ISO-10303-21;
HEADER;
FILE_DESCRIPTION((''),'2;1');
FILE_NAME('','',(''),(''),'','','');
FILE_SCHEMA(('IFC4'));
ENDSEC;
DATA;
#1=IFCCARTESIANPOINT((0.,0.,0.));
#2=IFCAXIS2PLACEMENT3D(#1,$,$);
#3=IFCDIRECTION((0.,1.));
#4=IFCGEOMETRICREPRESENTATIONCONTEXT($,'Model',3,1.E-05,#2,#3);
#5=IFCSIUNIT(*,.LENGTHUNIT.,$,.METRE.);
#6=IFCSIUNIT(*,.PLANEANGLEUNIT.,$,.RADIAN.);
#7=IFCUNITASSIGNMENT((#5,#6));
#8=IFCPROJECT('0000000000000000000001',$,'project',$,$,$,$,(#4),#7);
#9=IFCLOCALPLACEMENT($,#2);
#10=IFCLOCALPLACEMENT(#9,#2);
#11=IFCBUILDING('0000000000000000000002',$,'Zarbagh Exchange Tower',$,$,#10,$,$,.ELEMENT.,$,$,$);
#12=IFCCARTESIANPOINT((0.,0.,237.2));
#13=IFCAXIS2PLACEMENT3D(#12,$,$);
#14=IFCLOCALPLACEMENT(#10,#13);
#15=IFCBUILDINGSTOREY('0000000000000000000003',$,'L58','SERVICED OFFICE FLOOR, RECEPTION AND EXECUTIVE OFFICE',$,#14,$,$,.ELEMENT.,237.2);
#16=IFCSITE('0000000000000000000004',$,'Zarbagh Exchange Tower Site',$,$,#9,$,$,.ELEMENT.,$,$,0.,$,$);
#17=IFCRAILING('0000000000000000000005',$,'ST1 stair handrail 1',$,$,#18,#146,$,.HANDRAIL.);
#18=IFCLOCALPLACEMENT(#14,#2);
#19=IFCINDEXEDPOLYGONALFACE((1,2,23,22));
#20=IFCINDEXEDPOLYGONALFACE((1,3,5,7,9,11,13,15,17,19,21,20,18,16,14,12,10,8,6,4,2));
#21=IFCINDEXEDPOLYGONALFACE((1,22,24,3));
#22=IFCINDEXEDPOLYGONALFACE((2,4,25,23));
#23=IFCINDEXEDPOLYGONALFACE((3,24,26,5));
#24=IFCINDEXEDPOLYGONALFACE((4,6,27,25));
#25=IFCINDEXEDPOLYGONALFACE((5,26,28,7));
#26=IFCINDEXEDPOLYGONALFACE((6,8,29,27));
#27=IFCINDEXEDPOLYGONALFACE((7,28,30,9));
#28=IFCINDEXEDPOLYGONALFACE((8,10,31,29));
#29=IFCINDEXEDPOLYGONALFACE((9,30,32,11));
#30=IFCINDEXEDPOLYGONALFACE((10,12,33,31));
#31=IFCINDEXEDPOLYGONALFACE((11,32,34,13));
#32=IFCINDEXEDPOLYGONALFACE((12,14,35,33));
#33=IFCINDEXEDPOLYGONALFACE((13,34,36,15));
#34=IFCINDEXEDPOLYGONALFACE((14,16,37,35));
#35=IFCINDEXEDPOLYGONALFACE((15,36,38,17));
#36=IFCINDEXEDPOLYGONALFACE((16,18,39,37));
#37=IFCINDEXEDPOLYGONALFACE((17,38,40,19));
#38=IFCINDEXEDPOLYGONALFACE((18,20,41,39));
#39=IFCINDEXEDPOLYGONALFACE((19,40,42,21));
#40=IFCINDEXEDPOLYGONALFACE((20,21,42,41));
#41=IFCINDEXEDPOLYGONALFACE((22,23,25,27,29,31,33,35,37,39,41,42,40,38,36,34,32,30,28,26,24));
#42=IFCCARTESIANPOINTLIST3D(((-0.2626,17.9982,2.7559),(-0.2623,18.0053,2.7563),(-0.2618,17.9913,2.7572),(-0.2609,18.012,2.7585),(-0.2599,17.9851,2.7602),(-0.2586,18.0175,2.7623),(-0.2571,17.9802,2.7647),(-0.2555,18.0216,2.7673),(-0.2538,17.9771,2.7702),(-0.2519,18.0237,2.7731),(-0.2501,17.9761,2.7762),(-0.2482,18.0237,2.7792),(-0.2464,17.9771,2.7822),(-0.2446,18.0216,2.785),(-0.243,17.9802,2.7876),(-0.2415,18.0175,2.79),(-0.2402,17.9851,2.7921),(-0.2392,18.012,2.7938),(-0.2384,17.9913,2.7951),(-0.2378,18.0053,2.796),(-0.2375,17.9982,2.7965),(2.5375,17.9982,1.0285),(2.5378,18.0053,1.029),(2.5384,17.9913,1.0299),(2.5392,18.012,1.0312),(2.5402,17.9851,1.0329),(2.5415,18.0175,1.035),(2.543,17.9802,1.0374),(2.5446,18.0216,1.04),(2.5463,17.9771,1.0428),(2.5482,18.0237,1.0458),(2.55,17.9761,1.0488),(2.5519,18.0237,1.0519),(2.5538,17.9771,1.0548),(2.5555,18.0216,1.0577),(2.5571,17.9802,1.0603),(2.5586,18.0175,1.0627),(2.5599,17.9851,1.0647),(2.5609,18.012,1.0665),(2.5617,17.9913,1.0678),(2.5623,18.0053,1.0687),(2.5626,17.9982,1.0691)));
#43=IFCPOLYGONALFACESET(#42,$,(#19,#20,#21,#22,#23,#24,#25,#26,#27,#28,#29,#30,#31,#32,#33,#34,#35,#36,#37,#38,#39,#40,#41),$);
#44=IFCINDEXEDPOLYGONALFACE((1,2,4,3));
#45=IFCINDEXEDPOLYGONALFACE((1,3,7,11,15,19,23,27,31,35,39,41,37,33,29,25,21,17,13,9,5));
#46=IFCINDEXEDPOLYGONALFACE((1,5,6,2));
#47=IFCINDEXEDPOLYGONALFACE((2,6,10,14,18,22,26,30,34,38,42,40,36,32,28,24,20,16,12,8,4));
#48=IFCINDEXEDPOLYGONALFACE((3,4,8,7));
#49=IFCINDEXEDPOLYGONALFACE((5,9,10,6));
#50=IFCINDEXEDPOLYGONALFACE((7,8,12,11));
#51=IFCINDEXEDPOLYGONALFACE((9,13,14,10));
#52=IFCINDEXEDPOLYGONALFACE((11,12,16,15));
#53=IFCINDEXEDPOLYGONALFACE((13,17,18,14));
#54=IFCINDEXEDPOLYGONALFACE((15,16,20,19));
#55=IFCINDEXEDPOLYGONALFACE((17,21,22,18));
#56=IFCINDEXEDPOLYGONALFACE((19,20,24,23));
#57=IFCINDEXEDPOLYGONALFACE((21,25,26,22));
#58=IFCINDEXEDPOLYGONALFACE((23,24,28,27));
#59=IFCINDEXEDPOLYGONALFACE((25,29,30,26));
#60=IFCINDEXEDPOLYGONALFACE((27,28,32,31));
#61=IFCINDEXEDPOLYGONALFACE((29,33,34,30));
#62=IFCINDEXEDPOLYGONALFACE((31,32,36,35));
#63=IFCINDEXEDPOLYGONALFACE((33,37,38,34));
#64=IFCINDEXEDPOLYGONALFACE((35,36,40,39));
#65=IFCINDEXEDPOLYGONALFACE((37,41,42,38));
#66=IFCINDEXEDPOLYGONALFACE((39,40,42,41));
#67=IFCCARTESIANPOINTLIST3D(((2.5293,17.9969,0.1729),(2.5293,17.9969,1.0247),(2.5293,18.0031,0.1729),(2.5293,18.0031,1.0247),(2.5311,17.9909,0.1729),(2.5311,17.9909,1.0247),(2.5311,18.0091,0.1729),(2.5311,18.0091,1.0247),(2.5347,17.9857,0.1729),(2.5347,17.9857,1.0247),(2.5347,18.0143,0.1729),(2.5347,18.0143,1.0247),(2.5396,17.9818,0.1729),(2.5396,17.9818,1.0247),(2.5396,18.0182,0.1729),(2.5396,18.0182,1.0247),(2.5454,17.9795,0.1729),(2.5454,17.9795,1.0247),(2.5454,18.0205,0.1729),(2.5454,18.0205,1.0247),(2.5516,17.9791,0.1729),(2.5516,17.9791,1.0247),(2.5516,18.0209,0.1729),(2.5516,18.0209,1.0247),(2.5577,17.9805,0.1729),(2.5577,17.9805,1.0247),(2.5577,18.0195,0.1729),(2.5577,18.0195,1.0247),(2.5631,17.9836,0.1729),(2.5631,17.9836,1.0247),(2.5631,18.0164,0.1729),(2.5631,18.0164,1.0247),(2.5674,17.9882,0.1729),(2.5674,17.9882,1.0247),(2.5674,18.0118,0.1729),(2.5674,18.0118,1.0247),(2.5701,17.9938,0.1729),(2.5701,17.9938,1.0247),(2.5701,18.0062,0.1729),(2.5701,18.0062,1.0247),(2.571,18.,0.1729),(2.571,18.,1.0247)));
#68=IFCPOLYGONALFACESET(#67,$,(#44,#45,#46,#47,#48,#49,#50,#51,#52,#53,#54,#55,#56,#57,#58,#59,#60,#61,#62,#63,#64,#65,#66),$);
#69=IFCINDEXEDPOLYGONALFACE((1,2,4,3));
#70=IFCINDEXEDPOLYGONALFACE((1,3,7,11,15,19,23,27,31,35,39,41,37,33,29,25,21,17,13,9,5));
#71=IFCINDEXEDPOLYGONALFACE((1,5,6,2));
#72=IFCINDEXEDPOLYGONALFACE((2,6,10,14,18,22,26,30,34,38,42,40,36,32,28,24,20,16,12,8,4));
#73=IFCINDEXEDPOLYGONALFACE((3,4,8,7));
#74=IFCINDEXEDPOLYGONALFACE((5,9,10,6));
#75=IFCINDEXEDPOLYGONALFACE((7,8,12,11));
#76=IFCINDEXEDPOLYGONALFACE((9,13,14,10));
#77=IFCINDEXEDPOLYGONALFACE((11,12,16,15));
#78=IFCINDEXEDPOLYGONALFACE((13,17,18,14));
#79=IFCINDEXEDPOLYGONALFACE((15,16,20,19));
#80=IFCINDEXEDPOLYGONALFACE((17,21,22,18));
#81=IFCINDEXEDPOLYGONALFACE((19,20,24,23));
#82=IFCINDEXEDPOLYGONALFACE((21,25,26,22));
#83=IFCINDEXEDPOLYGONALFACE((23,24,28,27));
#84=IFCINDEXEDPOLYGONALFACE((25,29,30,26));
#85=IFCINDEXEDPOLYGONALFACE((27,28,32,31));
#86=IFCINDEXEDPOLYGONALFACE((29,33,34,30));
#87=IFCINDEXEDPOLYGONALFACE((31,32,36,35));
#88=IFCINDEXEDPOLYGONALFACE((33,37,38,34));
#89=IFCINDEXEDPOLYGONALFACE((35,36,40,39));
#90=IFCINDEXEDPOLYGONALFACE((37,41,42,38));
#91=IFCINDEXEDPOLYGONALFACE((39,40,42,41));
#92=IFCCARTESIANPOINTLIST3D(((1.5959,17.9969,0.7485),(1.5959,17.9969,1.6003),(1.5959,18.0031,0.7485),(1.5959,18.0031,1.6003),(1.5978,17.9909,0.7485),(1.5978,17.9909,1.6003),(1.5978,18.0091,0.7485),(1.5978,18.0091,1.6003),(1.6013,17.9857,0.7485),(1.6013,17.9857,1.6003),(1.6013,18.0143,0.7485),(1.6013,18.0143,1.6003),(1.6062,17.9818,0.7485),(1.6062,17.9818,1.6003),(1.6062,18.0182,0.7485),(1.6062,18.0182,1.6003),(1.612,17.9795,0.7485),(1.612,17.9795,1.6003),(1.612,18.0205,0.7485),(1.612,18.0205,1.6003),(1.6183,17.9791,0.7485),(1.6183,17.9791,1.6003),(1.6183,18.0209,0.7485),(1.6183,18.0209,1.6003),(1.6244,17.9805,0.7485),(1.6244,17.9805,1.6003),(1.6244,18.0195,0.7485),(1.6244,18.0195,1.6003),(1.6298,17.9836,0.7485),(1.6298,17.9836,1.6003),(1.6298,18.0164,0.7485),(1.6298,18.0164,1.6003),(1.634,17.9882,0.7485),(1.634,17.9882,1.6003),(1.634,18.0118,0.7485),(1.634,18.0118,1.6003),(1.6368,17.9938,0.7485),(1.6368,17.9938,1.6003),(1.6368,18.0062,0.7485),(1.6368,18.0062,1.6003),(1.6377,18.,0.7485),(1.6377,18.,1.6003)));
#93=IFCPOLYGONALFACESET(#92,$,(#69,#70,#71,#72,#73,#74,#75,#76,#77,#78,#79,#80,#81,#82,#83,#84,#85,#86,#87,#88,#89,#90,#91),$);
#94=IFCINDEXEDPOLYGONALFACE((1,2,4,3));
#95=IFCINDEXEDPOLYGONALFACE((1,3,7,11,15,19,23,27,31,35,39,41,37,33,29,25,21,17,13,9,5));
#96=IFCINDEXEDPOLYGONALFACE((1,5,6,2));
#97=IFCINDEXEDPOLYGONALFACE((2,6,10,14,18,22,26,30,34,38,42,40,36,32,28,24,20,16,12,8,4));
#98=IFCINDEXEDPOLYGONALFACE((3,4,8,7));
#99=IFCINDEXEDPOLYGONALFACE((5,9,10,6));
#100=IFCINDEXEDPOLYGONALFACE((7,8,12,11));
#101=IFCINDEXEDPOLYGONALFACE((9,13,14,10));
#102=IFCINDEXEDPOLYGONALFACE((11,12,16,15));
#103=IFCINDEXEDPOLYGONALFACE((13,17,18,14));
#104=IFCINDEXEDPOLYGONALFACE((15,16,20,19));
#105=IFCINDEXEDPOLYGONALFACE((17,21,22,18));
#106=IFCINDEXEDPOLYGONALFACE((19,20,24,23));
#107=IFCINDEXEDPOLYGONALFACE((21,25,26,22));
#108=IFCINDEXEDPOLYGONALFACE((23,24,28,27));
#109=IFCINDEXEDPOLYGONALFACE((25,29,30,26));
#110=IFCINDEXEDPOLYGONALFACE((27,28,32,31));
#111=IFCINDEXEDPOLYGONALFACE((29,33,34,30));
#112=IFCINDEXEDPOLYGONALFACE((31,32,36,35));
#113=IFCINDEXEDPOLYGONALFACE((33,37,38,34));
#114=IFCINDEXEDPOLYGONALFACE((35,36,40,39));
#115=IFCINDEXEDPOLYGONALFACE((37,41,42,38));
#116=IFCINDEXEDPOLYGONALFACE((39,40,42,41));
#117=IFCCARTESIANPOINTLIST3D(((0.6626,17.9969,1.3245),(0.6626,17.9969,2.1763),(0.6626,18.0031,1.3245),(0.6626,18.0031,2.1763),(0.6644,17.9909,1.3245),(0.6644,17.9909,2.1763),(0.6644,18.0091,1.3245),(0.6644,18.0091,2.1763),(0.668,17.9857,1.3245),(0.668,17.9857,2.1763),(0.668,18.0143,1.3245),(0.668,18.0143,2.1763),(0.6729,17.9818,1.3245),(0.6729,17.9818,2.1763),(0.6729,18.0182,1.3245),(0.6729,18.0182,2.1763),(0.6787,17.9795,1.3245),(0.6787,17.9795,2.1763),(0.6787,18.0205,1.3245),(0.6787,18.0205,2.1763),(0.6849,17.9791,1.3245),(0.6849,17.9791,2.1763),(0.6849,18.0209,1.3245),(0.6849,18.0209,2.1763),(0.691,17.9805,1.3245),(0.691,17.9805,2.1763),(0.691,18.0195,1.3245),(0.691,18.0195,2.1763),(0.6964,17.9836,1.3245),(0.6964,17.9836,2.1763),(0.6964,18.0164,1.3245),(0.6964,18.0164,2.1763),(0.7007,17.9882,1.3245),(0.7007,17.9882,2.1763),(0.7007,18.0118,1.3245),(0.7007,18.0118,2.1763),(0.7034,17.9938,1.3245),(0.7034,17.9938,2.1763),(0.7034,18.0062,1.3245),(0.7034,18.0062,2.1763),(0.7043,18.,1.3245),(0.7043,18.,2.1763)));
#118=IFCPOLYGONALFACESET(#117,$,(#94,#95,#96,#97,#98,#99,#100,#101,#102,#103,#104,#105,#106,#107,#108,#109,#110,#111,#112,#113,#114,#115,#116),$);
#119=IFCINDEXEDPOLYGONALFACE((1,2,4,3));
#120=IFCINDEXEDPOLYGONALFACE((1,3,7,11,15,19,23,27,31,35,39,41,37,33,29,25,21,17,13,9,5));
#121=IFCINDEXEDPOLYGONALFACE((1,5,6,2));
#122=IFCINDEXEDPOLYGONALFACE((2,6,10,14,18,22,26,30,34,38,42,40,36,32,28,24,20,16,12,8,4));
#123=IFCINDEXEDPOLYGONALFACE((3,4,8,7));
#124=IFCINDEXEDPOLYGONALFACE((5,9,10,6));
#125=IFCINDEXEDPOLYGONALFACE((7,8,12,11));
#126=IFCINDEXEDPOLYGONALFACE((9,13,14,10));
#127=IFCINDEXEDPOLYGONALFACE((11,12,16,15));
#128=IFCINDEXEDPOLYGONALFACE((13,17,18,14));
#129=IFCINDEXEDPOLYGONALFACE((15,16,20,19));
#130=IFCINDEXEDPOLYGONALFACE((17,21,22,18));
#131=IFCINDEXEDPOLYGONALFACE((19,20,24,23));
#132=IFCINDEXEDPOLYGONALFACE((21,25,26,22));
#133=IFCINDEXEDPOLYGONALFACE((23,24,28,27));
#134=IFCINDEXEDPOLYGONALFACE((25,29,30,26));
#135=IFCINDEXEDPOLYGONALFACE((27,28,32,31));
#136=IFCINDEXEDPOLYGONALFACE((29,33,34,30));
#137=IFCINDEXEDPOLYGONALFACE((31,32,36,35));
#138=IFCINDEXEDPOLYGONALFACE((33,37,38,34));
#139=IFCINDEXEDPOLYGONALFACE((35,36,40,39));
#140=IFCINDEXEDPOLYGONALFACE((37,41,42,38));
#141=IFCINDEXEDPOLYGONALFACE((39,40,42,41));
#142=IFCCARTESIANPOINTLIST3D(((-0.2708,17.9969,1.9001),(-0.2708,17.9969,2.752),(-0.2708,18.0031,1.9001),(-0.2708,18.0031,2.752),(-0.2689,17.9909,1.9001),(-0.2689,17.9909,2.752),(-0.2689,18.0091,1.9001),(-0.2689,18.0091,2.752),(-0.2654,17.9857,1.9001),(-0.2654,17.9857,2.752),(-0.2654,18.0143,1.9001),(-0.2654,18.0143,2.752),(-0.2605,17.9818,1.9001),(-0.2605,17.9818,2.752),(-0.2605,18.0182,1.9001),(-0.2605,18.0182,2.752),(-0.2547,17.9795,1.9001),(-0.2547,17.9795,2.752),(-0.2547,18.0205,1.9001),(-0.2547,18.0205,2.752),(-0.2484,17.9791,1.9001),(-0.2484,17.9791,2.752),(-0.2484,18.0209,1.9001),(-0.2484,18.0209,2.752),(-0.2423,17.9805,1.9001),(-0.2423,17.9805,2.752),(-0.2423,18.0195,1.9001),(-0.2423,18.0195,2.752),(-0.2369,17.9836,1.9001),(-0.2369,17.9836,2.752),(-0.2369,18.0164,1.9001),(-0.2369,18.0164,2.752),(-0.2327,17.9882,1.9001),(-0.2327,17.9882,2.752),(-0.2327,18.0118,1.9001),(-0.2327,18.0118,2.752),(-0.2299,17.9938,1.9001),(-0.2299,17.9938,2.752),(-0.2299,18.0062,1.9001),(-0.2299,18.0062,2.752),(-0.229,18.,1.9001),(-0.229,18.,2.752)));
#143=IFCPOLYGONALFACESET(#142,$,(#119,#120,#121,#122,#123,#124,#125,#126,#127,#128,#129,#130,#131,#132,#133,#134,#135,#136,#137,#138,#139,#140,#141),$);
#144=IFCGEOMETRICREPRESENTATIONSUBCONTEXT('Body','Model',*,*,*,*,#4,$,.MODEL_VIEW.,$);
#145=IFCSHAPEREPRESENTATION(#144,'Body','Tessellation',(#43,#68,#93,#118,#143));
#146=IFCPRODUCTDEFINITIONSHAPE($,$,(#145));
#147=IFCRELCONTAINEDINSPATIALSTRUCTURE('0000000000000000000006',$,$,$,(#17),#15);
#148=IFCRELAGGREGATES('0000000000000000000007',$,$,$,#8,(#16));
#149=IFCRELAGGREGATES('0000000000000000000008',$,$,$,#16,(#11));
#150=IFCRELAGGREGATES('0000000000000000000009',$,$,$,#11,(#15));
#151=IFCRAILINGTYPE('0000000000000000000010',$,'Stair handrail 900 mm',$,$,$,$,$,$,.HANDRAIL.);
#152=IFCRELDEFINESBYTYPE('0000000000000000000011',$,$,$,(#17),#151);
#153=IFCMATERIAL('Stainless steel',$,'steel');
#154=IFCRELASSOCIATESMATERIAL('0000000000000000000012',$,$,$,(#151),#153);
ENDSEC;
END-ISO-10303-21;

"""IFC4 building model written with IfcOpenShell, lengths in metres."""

from ifc_helpers import new_model, si_unit, direction, frame, origin, origin_2d, place, context, subcontext, project, spatial, circle, extrude, material, type_object, element, save


model = new_model("IFC4")

# Units and contexts
model_context = context("Model", 3, precision=1e-05, world=origin(), true_north=direction((0.0, 1.0)))
body_context = subcontext(model_context, "Body", "Model", "MODEL_VIEW")
ifc_project = project(units=[si_unit("LENGTHUNIT", "METRE"), si_unit("PLANEANGLEUNIT", "RADIAN")], contexts=[model_context])

# Site, building, storey
site_placement = place(None, origin())
site = spatial("IfcSite", under=ifc_project, at=site_placement, Name="Zarbagh Exchange Tower Site", CompositionType="ELEMENT", RefElevation=0.0)
building_placement = place(site_placement, origin())
building = spatial("IfcBuilding", under=site, at=building_placement, Name="Zarbagh Exchange Tower", CompositionType="ELEMENT")
storey_placement = place(building_placement, frame((0.0, 0.0, 237.2)))
storey = spatial("IfcBuildingStorey", under=building, at=storey_placement, Name="L58", Description="SERVICED OFFICE FLOOR, RECEPTION AND EXECUTIVE OFFICE", CompositionType="ELEMENT", Elevation=237.2)

# Railing
ifc_material_1 = material(Name="Stainless steel", Category="steel")
railing_type_1 = type_object("IfcRailingType", Name="Stair handrail 900 mm", PredefinedType="HANDRAIL", material=ifc_material_1)
railing_1_placement = place(storey_placement, frame((2.55, 18.0, 0.1729)))
element("IfcRailing", 1, at=railing_1_placement, inside=storey, type_object=railing_type_1, Name="ST1 stair handrail 1", PredefinedType="HANDRAIL", context=body_context, shape_type="SweptSolid", body=[
    extrude(circle(Radius=0.0239, at=origin_2d()), frame((0.0, 0.0, 0.876), z_axis=(-0.85109, 0.0, 0.52502), x_axis=(0.0, -1.0, 0.0)), (0.0, 0.0, 1.0), 3.29),
    extrude(circle(Radius=0.021, at=origin_2d()), origin(), (0.0, 0.0, 1.0), 0.8518),
    extrude(circle(Radius=0.021, at=origin_2d()), frame((-0.9333, 0.0, 0.5757)), (0.0, 0.0, 1.0), 0.8518),
    extrude(circle(Radius=0.021, at=origin_2d()), frame((-1.8667, 0.0, 1.1516)), (0.0, 0.0, 1.0), 0.8518),
    extrude(circle(Radius=0.021, at=origin_2d()), frame((-2.8, 0.0, 1.7273)), (0.0, 0.0, 1.0), 0.8518),
])

save(model, "model.ifc")
